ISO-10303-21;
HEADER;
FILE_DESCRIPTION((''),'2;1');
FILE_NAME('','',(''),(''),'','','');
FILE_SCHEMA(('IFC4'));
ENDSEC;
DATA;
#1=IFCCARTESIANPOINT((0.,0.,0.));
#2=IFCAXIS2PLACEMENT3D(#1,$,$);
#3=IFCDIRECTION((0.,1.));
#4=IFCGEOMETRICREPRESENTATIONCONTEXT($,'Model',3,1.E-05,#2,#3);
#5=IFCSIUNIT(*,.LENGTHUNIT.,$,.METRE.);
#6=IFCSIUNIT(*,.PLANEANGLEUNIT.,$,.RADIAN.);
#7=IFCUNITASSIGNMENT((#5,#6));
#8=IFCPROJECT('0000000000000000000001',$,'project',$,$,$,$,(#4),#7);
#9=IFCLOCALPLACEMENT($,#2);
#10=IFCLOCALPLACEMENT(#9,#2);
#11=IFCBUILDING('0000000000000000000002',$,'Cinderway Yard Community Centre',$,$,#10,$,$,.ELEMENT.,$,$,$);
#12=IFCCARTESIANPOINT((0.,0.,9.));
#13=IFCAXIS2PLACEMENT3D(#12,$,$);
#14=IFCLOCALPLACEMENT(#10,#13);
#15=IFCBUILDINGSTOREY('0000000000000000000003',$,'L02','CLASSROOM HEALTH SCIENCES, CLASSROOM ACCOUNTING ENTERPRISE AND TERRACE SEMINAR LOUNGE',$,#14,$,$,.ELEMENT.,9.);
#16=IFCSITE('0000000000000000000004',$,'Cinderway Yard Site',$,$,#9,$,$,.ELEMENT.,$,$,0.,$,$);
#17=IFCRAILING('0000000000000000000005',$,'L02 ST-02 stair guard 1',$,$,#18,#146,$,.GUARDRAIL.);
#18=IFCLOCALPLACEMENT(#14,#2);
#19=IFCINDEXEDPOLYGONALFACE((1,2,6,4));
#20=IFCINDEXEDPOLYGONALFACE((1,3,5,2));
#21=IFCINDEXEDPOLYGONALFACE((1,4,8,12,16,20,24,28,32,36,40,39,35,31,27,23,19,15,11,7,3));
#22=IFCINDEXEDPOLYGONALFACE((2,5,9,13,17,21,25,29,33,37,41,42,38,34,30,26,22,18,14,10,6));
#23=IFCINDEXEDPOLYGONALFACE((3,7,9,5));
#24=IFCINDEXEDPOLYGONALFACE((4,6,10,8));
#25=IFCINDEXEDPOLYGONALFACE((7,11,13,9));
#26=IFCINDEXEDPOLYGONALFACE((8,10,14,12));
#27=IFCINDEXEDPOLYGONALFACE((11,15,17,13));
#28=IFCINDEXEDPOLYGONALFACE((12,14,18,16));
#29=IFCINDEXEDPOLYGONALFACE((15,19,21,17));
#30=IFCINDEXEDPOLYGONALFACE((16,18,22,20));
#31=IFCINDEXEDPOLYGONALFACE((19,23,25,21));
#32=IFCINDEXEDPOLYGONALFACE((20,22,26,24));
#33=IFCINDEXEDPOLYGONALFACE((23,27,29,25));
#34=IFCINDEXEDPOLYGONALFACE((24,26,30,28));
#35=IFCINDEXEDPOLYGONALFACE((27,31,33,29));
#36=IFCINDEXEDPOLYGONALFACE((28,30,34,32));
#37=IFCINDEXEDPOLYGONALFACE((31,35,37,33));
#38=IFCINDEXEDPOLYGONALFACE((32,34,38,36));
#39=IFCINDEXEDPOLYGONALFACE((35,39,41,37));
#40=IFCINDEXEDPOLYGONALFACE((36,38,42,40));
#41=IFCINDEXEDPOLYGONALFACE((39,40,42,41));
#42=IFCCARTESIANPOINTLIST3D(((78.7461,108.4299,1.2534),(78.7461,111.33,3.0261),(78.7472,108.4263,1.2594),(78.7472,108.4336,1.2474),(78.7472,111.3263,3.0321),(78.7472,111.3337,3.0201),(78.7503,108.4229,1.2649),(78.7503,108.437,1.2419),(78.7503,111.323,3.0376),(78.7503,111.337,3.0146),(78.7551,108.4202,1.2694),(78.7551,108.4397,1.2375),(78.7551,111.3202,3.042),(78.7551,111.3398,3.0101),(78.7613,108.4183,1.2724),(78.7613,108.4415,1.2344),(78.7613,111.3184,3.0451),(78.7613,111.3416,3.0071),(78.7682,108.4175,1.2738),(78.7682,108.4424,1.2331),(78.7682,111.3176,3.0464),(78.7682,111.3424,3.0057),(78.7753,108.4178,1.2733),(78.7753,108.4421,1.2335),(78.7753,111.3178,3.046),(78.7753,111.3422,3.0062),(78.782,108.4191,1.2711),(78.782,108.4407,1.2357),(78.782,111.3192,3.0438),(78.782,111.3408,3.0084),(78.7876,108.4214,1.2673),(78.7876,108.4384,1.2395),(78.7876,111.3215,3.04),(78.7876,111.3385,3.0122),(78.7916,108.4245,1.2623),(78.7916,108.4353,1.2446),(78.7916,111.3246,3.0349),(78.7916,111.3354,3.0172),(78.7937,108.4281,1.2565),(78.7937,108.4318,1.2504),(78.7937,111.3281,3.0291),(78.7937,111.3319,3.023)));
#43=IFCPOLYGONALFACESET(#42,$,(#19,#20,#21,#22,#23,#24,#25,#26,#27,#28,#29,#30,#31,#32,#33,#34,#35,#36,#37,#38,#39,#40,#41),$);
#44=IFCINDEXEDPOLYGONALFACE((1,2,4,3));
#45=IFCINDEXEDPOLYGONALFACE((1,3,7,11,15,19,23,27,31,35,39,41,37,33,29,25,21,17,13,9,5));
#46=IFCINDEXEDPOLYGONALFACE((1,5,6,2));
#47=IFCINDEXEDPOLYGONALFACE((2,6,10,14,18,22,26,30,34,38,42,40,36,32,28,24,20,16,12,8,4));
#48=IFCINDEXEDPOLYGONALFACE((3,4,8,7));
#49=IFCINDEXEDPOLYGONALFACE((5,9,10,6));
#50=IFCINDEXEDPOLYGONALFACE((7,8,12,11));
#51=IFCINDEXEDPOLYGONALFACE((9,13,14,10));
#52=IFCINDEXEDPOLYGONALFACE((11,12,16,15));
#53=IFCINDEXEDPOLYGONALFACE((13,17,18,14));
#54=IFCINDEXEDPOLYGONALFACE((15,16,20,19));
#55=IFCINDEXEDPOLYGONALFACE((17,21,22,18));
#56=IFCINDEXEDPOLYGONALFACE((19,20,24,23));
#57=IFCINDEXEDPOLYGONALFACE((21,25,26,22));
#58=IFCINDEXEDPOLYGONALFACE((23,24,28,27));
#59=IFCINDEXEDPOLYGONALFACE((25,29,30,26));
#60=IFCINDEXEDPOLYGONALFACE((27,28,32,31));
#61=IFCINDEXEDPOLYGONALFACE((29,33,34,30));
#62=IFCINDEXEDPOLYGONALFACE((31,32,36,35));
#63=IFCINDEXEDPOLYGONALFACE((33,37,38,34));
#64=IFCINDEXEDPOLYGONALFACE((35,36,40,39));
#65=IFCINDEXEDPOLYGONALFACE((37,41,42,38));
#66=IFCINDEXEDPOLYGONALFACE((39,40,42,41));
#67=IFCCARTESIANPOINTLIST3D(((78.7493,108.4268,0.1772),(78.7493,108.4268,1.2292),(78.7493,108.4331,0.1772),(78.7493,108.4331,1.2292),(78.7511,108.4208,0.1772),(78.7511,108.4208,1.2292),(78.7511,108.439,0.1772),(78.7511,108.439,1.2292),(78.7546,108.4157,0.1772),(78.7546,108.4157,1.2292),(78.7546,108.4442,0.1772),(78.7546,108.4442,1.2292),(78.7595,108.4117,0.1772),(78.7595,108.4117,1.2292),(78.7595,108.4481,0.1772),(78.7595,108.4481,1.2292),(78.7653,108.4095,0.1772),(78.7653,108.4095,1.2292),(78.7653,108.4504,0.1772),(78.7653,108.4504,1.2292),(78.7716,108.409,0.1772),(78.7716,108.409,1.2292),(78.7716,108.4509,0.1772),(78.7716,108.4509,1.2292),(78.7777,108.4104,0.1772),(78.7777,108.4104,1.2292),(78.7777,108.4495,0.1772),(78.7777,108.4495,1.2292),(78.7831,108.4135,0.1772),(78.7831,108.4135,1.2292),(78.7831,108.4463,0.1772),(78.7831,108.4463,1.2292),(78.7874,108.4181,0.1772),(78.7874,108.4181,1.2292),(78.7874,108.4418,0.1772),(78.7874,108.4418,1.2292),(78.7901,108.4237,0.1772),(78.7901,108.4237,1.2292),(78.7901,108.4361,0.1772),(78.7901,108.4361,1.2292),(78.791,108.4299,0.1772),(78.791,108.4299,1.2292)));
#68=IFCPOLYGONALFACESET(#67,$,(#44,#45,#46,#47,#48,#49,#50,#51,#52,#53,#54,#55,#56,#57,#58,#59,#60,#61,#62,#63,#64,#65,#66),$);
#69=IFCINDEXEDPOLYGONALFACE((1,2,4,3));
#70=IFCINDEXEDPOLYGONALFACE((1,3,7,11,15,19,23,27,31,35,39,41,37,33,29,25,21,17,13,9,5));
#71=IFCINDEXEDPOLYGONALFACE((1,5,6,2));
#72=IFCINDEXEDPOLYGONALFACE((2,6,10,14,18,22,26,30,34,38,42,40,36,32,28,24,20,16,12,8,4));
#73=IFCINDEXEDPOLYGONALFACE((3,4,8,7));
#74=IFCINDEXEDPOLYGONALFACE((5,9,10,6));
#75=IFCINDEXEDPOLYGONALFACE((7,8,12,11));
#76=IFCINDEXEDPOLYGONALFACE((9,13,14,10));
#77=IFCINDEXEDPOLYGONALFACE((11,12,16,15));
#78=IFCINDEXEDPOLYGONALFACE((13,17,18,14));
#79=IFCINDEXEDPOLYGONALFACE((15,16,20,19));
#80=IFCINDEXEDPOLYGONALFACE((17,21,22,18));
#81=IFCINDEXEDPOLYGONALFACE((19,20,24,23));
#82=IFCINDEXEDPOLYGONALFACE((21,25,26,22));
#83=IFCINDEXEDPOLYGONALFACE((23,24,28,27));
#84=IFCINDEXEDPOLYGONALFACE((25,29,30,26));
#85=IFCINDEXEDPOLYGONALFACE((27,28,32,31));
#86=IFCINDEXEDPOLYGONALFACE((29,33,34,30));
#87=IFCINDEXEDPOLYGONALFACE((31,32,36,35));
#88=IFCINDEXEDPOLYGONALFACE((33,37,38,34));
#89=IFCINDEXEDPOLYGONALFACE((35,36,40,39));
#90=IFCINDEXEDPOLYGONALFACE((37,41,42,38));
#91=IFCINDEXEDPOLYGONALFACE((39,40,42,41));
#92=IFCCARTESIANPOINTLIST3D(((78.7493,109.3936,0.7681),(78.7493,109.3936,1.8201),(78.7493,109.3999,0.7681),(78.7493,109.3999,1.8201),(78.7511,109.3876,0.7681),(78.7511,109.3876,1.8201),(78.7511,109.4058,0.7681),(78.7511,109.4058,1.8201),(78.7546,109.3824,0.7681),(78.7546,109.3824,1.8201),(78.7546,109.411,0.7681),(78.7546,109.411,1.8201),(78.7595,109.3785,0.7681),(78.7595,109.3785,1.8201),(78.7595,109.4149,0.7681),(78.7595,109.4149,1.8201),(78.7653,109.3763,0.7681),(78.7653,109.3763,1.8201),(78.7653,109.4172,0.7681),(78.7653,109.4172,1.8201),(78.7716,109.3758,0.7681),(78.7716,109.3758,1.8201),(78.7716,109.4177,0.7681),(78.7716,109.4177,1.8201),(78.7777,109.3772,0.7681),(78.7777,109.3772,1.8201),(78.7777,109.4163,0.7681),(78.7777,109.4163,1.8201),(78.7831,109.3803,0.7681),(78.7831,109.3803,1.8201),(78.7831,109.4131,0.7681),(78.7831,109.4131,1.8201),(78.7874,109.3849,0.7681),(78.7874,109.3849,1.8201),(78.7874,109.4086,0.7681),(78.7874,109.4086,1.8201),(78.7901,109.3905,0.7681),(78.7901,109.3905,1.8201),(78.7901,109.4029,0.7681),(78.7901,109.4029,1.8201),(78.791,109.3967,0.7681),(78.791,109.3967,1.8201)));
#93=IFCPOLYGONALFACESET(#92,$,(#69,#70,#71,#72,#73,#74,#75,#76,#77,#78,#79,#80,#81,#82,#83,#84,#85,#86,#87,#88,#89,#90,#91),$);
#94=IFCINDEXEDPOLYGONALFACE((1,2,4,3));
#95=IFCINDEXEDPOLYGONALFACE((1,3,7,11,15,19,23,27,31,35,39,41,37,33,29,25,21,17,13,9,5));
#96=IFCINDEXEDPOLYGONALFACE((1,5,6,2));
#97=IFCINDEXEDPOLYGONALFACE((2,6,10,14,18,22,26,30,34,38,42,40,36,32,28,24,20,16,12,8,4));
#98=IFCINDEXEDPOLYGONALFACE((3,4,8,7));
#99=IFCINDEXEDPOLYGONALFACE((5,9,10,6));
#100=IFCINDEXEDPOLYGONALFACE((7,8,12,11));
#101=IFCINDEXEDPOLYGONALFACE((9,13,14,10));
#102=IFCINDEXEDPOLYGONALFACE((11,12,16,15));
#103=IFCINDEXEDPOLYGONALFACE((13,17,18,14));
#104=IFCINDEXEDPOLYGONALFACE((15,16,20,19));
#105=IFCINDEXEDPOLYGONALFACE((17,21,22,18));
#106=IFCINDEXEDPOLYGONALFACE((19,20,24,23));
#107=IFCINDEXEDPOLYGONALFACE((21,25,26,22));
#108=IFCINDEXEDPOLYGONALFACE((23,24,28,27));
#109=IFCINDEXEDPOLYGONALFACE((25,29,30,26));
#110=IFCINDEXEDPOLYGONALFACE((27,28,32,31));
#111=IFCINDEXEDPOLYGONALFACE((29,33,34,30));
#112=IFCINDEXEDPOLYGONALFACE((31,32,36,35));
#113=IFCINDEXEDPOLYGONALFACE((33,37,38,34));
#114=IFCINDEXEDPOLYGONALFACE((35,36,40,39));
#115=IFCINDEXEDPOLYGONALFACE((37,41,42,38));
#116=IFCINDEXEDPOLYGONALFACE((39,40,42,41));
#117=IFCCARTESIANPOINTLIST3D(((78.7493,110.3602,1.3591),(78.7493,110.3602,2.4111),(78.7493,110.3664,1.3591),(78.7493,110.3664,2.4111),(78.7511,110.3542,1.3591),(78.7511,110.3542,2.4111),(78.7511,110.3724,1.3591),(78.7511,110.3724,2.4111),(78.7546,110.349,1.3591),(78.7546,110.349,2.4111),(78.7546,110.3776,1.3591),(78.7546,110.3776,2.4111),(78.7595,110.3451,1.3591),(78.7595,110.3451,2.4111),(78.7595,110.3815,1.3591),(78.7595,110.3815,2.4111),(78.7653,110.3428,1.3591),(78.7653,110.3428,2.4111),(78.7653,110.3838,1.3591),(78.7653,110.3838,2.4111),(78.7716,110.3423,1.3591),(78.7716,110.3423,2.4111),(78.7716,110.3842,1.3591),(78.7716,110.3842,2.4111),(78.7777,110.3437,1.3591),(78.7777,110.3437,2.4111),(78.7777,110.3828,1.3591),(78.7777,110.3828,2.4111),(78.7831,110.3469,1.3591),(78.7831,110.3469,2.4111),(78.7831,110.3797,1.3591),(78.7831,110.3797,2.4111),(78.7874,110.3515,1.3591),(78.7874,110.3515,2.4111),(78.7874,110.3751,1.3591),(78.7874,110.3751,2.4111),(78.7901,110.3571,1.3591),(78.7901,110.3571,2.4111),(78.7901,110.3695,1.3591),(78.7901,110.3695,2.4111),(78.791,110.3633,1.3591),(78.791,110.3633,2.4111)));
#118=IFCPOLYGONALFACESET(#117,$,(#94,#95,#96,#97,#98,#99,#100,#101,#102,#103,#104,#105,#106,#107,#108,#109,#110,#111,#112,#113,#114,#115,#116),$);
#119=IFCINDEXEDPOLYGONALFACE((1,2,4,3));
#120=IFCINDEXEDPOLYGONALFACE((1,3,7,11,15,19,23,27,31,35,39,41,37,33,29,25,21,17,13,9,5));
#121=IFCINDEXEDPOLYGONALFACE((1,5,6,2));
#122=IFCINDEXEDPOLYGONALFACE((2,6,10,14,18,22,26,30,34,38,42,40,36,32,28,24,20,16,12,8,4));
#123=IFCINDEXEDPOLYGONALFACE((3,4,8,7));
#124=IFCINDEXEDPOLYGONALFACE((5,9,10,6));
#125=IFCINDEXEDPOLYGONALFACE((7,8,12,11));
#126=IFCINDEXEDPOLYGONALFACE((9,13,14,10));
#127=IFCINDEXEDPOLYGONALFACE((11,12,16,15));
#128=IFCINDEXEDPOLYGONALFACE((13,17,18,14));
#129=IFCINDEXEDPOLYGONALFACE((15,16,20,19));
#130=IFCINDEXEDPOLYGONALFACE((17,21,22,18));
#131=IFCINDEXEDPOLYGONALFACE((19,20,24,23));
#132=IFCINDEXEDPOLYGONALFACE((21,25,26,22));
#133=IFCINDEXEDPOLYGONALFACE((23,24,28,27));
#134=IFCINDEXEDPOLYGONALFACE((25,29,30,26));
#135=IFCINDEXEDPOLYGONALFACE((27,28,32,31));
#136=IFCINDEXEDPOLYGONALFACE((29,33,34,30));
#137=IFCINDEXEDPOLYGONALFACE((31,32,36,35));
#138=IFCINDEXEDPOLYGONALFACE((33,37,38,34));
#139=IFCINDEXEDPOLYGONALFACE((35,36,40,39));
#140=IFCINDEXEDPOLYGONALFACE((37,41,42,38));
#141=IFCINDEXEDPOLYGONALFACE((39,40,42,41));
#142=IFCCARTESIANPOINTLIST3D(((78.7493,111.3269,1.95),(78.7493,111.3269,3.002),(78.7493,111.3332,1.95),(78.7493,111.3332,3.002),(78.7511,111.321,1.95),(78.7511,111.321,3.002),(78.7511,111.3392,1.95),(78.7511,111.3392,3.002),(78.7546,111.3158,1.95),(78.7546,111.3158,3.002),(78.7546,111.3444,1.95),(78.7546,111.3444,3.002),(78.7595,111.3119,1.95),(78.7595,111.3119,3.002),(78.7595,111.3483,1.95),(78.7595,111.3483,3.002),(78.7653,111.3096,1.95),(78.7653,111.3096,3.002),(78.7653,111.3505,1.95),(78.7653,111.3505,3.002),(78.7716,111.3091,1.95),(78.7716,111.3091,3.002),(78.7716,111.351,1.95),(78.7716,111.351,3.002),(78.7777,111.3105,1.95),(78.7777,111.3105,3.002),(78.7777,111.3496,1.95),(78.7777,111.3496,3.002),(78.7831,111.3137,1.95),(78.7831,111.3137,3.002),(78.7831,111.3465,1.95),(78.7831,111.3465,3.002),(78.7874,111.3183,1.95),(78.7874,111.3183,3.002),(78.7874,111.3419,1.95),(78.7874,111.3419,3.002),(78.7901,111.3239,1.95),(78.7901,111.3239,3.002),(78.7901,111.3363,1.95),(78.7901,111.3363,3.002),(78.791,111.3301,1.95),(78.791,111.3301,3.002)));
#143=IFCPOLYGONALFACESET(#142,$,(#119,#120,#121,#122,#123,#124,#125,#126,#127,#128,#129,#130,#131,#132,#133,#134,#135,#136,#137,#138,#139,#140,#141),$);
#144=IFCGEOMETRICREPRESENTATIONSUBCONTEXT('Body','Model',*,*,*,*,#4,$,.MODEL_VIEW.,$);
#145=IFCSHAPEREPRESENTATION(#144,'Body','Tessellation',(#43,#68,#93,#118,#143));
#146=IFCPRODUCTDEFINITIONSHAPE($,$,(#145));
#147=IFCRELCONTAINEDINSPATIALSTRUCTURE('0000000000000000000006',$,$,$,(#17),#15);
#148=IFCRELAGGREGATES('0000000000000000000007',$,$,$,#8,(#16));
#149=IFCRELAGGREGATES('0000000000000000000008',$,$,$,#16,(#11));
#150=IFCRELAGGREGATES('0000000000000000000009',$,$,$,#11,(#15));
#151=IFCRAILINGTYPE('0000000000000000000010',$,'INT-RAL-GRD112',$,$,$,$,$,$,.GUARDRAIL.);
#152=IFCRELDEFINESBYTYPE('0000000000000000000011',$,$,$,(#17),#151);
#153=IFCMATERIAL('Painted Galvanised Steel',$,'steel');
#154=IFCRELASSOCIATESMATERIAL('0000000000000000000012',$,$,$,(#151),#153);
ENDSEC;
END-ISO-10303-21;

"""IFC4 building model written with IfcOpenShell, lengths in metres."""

from ifc_helpers import new_model, si_unit, direction, frame, origin, origin_2d, place, context, subcontext, project, spatial, circle, extrude, material, type_object, element, save


model = new_model("IFC4")

# Units and contexts
model_context = context("Model", 3, precision=1e-05, world=origin(), true_north=direction((0.0, 1.0)))
body_context = subcontext(model_context, "Body", "Model", "MODEL_VIEW")
ifc_project = project(units=[si_unit("LENGTHUNIT", "METRE"), si_unit("PLANEANGLEUNIT", "RADIAN")], contexts=[model_context])

# Site, building, storey
site_placement = place(None, origin())
site = spatial("IfcSite", under=ifc_project, at=site_placement, Name="Cinderway Yard Site", CompositionType="ELEMENT", RefElevation=0.0)
building_placement = place(site_placement, origin())
building = spatial("IfcBuilding", under=site, at=building_placement, Name="Cinderway Yard Community Centre", CompositionType="ELEMENT")
storey_placement = place(building_placement, frame((0.0, 0.0, 9.0)))
storey = spatial("IfcBuildingStorey", under=building, at=storey_placement, Name="L02", Description="CLASSROOM HEALTH SCIENCES, CLASSROOM ACCOUNTING ENTERPRISE AND TERRACE SEMINAR LOUNGE", CompositionType="ELEMENT", Elevation=9.0)

# Shared definitions
ifc_material_1 = material(Name="Painted Galvanised Steel", Category="steel")

# Railing
railing_type_1 = type_object("IfcRailingType", Name="INT-RAL-GRD112", PredefinedType="GUARDRAIL", material=ifc_material_1)
railing_1_placement = place(storey_placement, frame((78.77, 108.4299, 0.1772)))
element("IfcRailing", 1, at=railing_1_placement, inside=storey, type_object=railing_type_1, Name="L02 ST-02 stair guard 1", PredefinedType="GUARDRAIL", context=body_context, shape_type="SweptSolid", body=[
    extrude(circle(Radius=0.0239, at=origin_2d()), frame((0.0, 0.0, 1.0762), z_axis=(0.0, 0.85323, 0.521534), x_axis=(-1.0, 0.0, 0.0)), (0.0, 0.0, 1.0), 3.3989),
    extrude(circle(Radius=0.021, at=origin_2d()), origin(), (0.0, 0.0, 1.0), 1.052),
    extrude(circle(Radius=0.021, at=origin_2d()), frame((0.0, 0.9668, 0.5908)), (0.0, 0.0, 1.0), 1.052),
    extrude(circle(Radius=0.021, at=origin_2d()), frame((0.0, 1.9333, 1.1819)), (0.0, 0.0, 1.0), 1.052),
    extrude(circle(Radius=0.021, at=origin_2d()), frame((0.0, 2.9001, 1.7727)), (0.0, 0.0, 1.0), 1.052),
])

save(model, "model.ifc")
